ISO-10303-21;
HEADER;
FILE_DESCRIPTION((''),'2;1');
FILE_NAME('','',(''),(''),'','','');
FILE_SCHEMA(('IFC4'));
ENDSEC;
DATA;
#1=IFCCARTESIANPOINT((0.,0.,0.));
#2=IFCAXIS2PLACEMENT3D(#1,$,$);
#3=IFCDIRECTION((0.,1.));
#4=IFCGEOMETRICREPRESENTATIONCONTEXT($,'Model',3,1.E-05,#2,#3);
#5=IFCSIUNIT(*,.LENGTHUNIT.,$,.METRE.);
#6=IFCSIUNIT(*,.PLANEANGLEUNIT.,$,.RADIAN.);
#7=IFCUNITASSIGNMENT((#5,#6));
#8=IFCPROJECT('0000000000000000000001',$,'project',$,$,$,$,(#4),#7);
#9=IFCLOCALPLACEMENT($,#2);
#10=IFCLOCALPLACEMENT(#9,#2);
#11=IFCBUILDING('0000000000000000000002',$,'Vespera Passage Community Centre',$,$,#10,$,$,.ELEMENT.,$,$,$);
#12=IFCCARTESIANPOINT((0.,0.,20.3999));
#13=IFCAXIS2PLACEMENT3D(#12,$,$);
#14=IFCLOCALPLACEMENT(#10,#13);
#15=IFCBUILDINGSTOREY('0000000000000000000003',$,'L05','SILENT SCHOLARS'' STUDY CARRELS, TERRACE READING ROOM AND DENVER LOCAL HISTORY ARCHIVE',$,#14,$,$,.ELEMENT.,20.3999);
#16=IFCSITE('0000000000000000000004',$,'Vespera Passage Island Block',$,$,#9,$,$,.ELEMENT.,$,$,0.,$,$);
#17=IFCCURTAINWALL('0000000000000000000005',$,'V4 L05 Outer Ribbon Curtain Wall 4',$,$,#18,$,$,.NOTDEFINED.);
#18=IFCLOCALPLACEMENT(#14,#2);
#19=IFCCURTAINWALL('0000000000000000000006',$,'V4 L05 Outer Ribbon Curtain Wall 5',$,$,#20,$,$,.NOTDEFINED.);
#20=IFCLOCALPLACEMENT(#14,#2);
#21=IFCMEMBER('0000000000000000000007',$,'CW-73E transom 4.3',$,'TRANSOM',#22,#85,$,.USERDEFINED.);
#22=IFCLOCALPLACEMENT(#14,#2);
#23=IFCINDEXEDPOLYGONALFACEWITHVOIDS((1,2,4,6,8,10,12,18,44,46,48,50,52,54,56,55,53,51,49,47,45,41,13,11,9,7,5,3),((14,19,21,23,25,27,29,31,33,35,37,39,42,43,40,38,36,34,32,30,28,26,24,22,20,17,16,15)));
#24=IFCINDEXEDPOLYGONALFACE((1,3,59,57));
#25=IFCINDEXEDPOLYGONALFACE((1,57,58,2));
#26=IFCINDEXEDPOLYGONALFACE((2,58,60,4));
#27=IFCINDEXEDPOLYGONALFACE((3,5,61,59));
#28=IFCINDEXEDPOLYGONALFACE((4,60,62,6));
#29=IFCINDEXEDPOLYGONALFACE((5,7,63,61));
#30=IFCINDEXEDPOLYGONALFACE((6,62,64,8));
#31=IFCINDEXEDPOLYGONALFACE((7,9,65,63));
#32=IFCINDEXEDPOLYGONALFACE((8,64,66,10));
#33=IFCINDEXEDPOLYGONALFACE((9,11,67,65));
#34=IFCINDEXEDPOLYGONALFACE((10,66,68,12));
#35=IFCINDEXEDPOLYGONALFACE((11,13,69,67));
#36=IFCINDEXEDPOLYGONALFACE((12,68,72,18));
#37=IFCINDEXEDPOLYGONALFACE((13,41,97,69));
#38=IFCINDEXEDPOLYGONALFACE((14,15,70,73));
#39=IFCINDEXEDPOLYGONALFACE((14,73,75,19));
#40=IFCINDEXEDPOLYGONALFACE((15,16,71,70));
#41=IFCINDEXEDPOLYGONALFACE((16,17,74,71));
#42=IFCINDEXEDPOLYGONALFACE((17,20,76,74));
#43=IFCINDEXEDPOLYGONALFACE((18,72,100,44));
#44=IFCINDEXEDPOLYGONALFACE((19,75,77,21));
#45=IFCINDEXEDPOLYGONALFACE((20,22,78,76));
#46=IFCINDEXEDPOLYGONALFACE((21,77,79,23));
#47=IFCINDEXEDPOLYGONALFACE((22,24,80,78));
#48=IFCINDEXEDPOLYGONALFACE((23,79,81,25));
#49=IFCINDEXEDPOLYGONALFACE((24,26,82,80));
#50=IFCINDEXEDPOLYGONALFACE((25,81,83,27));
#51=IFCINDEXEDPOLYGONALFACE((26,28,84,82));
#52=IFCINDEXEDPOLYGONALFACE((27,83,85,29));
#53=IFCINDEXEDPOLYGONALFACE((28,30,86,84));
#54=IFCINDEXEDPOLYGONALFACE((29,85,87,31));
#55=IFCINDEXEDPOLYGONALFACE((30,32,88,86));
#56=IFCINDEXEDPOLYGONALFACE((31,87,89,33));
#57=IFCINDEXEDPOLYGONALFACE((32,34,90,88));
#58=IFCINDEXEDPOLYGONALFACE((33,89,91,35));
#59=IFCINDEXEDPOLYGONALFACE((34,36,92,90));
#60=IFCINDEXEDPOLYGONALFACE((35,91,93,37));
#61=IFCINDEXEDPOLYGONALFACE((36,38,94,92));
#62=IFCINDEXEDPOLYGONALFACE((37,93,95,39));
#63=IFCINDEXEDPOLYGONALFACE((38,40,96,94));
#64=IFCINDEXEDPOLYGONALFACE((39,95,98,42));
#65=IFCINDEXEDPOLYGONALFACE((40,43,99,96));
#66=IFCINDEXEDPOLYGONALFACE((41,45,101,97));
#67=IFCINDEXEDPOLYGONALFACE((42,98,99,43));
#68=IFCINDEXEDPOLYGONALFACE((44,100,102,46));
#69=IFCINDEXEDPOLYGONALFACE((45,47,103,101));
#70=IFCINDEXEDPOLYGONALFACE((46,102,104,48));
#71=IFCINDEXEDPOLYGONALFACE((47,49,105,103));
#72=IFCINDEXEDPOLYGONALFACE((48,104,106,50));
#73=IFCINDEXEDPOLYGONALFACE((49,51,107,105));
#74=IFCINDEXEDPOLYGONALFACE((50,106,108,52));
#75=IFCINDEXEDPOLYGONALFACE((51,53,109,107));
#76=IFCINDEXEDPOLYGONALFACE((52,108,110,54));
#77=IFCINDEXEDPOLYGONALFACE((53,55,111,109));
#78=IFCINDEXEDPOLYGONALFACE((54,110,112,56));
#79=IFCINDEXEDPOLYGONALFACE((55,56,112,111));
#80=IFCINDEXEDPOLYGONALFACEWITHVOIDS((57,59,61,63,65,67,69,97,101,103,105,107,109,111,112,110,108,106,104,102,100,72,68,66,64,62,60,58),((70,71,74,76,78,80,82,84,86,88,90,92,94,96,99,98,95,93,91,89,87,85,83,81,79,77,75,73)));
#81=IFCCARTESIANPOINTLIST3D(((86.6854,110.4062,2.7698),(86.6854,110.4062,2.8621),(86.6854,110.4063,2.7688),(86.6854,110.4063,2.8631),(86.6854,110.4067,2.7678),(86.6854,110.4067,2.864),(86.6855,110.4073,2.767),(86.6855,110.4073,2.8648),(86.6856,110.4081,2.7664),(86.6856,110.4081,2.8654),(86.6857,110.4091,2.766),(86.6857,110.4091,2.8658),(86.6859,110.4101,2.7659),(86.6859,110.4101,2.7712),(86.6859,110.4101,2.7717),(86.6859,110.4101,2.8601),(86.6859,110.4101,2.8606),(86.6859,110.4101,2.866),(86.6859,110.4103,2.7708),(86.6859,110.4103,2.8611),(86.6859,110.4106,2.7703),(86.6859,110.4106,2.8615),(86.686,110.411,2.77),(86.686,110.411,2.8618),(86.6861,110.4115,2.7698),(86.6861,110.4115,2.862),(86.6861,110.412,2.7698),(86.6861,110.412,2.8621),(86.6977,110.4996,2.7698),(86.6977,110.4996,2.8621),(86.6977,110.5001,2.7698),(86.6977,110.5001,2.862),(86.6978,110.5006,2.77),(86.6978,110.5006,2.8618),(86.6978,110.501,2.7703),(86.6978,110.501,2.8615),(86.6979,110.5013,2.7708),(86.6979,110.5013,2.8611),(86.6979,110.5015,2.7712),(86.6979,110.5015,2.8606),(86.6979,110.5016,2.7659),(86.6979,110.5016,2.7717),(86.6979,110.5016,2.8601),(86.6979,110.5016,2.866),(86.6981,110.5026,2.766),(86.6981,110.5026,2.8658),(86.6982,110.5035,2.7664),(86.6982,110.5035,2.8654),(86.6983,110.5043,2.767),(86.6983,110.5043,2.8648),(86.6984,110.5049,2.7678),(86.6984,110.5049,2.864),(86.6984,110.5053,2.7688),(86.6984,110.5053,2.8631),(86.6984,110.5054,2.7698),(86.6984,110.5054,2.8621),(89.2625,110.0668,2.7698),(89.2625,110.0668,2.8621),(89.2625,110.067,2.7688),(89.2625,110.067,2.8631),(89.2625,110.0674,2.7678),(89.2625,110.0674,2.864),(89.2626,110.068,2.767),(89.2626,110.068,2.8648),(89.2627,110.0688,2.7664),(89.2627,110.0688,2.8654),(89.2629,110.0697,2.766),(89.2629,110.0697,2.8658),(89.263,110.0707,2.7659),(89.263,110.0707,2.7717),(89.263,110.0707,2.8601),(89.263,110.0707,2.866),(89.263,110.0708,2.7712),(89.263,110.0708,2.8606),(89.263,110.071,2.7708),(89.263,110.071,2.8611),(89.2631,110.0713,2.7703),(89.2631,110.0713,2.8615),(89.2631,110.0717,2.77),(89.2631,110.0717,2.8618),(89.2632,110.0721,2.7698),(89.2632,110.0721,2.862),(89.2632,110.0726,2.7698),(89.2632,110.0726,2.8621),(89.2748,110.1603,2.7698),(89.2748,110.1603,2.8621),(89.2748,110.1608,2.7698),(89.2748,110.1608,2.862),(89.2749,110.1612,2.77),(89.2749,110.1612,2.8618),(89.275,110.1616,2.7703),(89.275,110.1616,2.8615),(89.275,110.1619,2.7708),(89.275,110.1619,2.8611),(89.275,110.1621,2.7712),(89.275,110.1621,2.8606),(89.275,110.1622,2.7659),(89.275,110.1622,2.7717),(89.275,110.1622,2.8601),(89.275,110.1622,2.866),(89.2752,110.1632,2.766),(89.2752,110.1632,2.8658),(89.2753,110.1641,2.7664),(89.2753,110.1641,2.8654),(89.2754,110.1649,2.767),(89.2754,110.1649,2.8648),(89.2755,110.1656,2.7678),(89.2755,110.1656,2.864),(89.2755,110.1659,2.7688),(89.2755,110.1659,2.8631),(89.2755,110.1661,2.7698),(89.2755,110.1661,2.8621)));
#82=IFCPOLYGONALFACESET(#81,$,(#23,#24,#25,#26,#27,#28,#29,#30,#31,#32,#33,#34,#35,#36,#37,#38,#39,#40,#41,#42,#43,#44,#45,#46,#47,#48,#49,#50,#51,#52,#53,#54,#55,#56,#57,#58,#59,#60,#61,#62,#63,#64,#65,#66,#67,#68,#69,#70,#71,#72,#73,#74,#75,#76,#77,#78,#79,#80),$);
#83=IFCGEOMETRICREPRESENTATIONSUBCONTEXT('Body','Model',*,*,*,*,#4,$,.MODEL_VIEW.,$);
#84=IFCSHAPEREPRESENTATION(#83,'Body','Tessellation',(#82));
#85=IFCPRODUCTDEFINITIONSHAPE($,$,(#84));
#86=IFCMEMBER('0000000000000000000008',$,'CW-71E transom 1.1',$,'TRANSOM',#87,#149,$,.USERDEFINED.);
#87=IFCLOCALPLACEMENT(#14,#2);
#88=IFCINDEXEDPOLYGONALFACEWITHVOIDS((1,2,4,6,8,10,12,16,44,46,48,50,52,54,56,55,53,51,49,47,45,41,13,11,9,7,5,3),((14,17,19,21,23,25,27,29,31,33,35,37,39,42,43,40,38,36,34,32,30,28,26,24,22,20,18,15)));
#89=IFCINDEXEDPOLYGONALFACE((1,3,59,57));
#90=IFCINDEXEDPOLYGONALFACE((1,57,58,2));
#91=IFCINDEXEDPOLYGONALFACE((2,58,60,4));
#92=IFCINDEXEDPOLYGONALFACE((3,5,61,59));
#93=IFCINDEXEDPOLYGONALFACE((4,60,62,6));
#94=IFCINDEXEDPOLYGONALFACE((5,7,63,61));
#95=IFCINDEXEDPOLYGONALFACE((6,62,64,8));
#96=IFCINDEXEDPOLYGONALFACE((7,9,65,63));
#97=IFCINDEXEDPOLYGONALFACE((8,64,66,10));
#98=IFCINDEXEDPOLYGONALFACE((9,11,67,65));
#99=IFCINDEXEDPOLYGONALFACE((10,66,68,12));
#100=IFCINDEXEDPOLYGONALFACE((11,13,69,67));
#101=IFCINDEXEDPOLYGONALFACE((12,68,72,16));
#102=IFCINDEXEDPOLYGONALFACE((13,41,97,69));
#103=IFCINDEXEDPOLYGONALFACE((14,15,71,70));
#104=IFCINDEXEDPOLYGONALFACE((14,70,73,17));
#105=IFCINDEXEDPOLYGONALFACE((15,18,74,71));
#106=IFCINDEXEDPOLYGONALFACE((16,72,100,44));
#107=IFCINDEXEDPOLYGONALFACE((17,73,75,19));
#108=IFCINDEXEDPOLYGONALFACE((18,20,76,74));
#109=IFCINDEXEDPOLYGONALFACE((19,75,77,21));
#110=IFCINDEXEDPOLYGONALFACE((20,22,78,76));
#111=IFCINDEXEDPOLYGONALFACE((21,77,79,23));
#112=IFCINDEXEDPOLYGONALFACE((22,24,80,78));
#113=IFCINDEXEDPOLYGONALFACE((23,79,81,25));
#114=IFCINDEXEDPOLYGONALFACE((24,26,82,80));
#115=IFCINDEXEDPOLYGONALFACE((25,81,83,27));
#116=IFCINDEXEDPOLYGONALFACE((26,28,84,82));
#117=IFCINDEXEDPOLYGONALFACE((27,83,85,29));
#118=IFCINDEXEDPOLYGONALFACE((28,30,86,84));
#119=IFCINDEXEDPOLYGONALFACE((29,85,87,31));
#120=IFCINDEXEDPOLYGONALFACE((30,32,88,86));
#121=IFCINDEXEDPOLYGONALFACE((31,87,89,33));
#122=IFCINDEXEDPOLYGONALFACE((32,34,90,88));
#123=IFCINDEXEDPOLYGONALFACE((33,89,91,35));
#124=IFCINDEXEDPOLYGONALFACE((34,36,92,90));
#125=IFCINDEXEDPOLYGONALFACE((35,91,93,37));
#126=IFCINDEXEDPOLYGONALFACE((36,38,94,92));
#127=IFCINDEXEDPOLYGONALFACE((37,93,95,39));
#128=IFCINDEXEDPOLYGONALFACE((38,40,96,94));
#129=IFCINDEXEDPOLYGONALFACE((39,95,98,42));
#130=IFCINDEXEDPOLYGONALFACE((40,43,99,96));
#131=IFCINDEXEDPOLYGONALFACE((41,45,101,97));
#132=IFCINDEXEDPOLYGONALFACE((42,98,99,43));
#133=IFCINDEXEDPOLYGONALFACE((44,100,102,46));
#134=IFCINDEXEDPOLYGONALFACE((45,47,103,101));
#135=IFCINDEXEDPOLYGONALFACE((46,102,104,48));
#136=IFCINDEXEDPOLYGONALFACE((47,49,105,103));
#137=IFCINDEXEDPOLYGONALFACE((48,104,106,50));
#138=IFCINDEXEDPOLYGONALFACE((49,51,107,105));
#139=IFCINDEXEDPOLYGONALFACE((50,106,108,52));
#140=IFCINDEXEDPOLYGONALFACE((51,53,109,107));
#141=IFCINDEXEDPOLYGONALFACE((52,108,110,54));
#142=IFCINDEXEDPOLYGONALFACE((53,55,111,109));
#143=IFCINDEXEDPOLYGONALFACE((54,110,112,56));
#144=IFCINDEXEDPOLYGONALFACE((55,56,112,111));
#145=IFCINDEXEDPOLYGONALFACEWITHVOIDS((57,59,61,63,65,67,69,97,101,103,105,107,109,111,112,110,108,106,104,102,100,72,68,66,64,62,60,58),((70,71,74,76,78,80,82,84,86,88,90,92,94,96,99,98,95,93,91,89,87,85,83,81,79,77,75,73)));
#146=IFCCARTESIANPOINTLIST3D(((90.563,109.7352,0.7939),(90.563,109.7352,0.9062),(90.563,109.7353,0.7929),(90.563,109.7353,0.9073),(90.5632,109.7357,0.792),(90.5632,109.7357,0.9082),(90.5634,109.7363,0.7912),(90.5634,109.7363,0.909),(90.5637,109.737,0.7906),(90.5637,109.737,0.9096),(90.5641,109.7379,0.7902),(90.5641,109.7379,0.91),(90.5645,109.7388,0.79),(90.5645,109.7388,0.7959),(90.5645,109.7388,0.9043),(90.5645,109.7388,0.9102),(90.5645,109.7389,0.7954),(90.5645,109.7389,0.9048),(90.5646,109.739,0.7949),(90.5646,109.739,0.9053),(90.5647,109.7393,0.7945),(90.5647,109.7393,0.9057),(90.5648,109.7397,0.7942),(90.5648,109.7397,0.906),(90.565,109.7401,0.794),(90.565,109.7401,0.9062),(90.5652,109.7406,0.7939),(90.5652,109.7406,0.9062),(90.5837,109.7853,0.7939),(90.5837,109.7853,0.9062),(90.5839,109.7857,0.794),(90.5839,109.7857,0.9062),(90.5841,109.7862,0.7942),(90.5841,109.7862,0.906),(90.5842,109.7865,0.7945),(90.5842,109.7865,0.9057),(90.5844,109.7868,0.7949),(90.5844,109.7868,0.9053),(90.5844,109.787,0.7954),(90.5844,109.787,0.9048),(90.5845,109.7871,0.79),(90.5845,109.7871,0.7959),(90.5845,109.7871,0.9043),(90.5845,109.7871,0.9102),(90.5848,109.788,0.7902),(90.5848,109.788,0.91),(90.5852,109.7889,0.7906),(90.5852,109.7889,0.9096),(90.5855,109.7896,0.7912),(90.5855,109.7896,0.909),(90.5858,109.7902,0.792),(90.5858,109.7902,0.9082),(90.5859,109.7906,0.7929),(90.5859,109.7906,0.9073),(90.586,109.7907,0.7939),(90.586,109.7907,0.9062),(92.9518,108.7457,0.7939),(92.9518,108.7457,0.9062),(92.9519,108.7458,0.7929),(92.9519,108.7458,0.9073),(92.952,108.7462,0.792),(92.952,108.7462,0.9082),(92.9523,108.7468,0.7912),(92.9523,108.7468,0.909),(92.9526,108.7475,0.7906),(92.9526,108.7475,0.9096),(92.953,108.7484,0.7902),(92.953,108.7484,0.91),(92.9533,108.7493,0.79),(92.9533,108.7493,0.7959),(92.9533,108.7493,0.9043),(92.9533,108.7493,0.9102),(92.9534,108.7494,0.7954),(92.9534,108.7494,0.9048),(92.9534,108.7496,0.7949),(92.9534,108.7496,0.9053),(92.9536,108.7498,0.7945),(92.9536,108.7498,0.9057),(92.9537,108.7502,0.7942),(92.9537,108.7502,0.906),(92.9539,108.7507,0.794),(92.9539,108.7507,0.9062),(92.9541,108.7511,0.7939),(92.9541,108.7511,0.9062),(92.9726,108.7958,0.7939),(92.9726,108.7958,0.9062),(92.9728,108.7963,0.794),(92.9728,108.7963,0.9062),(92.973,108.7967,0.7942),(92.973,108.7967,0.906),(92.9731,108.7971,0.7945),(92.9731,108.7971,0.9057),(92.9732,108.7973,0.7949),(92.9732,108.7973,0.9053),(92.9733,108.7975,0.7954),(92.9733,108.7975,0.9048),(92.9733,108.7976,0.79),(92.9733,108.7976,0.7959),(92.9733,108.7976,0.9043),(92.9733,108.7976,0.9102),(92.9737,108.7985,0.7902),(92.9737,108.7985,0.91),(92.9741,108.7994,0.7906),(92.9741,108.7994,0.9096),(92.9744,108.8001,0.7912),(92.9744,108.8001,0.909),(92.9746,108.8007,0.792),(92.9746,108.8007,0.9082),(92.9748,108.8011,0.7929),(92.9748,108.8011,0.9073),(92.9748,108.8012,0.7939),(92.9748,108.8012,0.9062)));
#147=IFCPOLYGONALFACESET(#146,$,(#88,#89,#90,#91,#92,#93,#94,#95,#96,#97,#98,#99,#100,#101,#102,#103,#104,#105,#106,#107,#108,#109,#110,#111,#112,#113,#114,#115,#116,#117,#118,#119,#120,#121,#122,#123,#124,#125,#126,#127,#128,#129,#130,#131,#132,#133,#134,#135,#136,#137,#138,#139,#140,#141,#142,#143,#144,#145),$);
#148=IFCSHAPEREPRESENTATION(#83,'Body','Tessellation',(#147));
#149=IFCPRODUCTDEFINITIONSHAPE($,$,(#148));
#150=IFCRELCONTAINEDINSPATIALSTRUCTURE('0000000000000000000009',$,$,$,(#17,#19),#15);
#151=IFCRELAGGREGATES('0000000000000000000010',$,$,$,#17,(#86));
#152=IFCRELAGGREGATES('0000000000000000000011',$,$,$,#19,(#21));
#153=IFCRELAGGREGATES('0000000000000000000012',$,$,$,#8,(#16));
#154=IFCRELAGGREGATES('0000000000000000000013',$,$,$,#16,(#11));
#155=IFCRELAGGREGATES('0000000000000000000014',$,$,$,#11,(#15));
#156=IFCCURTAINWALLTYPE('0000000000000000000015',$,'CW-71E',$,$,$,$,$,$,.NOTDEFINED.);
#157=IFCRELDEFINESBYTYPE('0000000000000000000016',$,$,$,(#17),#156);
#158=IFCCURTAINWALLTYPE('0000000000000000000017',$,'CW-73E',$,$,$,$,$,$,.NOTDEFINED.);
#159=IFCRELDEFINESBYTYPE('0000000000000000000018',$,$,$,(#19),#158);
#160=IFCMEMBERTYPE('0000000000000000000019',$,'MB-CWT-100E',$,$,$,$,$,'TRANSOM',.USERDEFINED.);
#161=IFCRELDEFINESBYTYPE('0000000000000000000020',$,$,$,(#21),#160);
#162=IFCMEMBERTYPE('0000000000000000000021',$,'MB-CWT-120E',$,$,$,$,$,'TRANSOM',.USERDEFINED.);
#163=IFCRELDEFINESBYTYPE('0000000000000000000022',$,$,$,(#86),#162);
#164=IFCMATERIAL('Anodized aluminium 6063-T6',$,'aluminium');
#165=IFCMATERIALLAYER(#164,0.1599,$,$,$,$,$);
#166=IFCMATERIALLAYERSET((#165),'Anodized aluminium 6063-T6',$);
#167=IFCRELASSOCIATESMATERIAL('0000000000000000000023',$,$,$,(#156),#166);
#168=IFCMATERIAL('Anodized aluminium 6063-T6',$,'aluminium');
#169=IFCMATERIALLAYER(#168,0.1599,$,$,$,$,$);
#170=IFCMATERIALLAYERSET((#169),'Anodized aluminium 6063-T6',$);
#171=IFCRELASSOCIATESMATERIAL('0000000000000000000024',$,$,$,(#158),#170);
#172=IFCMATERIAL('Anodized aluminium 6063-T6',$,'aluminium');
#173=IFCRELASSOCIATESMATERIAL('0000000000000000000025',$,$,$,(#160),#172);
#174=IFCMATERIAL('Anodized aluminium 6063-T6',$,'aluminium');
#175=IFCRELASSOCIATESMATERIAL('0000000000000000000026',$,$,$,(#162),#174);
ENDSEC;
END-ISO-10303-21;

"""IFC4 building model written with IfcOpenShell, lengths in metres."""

from ifc_helpers import new_model, si_unit, direction, frame, origin, origin_2d, place, context, subcontext, project, spatial, hollow_rectangle, extrude, material, layer, layer_set, material_profile, profile_set, type_object, element, aggregate, save


model = new_model("IFC4")

# Units and contexts
model_context = context("Model", 3, precision=1e-05, world=origin(), true_north=direction((0.0, 1.0)))
body_context = subcontext(model_context, "Body", "Model", "MODEL_VIEW")
ifc_project = project(units=[si_unit("LENGTHUNIT", "METRE"), si_unit("PLANEANGLEUNIT", "RADIAN")], contexts=[model_context])

# Site, building, storey
site_placement = place(None, origin())
site = spatial("IfcSite", under=ifc_project, at=site_placement, Name="Vespera Passage Island Block", CompositionType="ELEMENT", RefElevation=0.0)
building_placement = place(site_placement, origin())
building = spatial("IfcBuilding", under=site, at=building_placement, Name="Vespera Passage Community Centre", CompositionType="ELEMENT")
storey_placement = place(building_placement, frame((0.0, 0.0, 20.3999)))
storey = spatial("IfcBuildingStorey", under=building, at=storey_placement, Name="L05", Description="SILENT SCHOLARS' STUDY CARRELS, TERRACE READING ROOM AND DENVER LOCAL HISTORY ARCHIVE", CompositionType="ELEMENT", Elevation=20.3999)

# Curtain wall
ifc_material_1 = material(Name="Anodized aluminium 6063-T6", Category="aluminium")
ifc_layer_1 = layer(ifc_material_1, 0.1599)
ifc_layer_set_1 = layer_set([ifc_layer_1], Name="Anodized aluminium 6063-T6")
curtain_wall_type_1 = type_object("IfcCurtainWallType", Name="CW-71E", PredefinedType="NOTDEFINED", material=ifc_layer_set_1)
curtain_wall_1_placement = place(storey_placement, origin())
curtain_wall_1 = element("IfcCurtainWall", 1, at=curtain_wall_1_placement, inside=storey, type_object=curtain_wall_type_1, Name="V4 L05 Outer Ribbon Curtain Wall 4", PredefinedType="NOTDEFINED")

# Curtain wall, member
ifc_material_2 = material(Name="Anodized aluminium 6063-T6", Category="aluminium")
ifc_layer_2 = layer(ifc_material_2, 0.1599)
ifc_layer_set_2 = layer_set([ifc_layer_2], Name="Anodized aluminium 6063-T6")
curtain_wall_type_2 = type_object("IfcCurtainWallType", Name="CW-73E", PredefinedType="NOTDEFINED", material=ifc_layer_set_2)
curtain_wall_2_placement = place(storey_placement, origin())
curtain_wall_2 = element("IfcCurtainWall", 2, at=curtain_wall_2_placement, inside=storey, type_object=curtain_wall_type_2, Name="V4 L05 Outer Ribbon Curtain Wall 5", PredefinedType="NOTDEFINED")
ifc_material_3 = material(Name="Anodized aluminium 6063-T6", Category="aluminium")
ifc_material_profile_1 = material_profile(ifc_material_3, hollow_rectangle(XDim=0.1001, YDim=0.1001, WallThickness=0.0039, InnerFilletRadius=0.002, OuterFilletRadius=0.0039, at=origin_2d()), Name="ALU100X100X4")
ifc_profile_set_1 = profile_set([ifc_material_profile_1], Name="Anodized aluminium 6063-T6")
member_type_1 = type_object("IfcMemberType", Name="MB-CWT-100E", ElementType="TRANSOM", PredefinedType="USERDEFINED", material=ifc_profile_set_1)
member_1_placement = place(storey_placement, frame((86.6919, 110.4558, 2.8159), z_axis=(0.991442, -0.130552, 0.0), x_axis=(0.130552, 0.991442, 0.0)))
member_1 = element("IfcMember", 3, at=member_1_placement, type_object=member_type_1, Name="CW-73E transom 4.3", ObjectType="TRANSOM", PredefinedType="USERDEFINED", context=body_context, shape_type="SweptSolid", body=[
    extrude(hollow_rectangle(XDim=0.1001, YDim=0.1001, WallThickness=0.0039, InnerFilletRadius=0.002, OuterFilletRadius=0.0039, at=origin_2d()), origin(), (0.0, 0.0, 1.0), 2.5994),
])

# Member
ifc_material_4 = material(Name="Anodized aluminium 6063-T6", Category="aluminium")
ifc_material_profile_2 = material_profile(ifc_material_4, hollow_rectangle(XDim=0.0601, YDim=0.1201, WallThickness=0.0039, InnerFilletRadius=0.002, OuterFilletRadius=0.0039, at=origin_2d()), Name="ALU120X60X4")
ifc_profile_set_2 = profile_set([ifc_material_profile_2], Name="Anodized aluminium 6063-T6")
member_type_2 = type_object("IfcMemberType", Name="MB-CWT-120E", ElementType="TRANSOM", PredefinedType="USERDEFINED", material=ifc_profile_set_2)
member_2_placement = place(storey_placement, frame((90.5745, 109.7629, 0.8501), z_axis=(0.923882, -0.382677, 0.0), x_axis=(0.382677, 0.923882, 0.0)))
member_2 = element("IfcMember", 4, at=member_2_placement, type_object=member_type_2, Name="CW-71E transom 1.1", ObjectType="TRANSOM", PredefinedType="USERDEFINED", context=body_context, shape_type="SweptSolid", body=[
    extrude(hollow_rectangle(XDim=0.0601, YDim=0.1201, WallThickness=0.0039, InnerFilletRadius=0.002, OuterFilletRadius=0.0039, at=origin_2d()), origin(), (0.0, 0.0, 1.0), 2.5857),
])

aggregate(curtain_wall_1, [member_2])
aggregate(curtain_wall_2, [member_1])

save(model, "model.ifc")
